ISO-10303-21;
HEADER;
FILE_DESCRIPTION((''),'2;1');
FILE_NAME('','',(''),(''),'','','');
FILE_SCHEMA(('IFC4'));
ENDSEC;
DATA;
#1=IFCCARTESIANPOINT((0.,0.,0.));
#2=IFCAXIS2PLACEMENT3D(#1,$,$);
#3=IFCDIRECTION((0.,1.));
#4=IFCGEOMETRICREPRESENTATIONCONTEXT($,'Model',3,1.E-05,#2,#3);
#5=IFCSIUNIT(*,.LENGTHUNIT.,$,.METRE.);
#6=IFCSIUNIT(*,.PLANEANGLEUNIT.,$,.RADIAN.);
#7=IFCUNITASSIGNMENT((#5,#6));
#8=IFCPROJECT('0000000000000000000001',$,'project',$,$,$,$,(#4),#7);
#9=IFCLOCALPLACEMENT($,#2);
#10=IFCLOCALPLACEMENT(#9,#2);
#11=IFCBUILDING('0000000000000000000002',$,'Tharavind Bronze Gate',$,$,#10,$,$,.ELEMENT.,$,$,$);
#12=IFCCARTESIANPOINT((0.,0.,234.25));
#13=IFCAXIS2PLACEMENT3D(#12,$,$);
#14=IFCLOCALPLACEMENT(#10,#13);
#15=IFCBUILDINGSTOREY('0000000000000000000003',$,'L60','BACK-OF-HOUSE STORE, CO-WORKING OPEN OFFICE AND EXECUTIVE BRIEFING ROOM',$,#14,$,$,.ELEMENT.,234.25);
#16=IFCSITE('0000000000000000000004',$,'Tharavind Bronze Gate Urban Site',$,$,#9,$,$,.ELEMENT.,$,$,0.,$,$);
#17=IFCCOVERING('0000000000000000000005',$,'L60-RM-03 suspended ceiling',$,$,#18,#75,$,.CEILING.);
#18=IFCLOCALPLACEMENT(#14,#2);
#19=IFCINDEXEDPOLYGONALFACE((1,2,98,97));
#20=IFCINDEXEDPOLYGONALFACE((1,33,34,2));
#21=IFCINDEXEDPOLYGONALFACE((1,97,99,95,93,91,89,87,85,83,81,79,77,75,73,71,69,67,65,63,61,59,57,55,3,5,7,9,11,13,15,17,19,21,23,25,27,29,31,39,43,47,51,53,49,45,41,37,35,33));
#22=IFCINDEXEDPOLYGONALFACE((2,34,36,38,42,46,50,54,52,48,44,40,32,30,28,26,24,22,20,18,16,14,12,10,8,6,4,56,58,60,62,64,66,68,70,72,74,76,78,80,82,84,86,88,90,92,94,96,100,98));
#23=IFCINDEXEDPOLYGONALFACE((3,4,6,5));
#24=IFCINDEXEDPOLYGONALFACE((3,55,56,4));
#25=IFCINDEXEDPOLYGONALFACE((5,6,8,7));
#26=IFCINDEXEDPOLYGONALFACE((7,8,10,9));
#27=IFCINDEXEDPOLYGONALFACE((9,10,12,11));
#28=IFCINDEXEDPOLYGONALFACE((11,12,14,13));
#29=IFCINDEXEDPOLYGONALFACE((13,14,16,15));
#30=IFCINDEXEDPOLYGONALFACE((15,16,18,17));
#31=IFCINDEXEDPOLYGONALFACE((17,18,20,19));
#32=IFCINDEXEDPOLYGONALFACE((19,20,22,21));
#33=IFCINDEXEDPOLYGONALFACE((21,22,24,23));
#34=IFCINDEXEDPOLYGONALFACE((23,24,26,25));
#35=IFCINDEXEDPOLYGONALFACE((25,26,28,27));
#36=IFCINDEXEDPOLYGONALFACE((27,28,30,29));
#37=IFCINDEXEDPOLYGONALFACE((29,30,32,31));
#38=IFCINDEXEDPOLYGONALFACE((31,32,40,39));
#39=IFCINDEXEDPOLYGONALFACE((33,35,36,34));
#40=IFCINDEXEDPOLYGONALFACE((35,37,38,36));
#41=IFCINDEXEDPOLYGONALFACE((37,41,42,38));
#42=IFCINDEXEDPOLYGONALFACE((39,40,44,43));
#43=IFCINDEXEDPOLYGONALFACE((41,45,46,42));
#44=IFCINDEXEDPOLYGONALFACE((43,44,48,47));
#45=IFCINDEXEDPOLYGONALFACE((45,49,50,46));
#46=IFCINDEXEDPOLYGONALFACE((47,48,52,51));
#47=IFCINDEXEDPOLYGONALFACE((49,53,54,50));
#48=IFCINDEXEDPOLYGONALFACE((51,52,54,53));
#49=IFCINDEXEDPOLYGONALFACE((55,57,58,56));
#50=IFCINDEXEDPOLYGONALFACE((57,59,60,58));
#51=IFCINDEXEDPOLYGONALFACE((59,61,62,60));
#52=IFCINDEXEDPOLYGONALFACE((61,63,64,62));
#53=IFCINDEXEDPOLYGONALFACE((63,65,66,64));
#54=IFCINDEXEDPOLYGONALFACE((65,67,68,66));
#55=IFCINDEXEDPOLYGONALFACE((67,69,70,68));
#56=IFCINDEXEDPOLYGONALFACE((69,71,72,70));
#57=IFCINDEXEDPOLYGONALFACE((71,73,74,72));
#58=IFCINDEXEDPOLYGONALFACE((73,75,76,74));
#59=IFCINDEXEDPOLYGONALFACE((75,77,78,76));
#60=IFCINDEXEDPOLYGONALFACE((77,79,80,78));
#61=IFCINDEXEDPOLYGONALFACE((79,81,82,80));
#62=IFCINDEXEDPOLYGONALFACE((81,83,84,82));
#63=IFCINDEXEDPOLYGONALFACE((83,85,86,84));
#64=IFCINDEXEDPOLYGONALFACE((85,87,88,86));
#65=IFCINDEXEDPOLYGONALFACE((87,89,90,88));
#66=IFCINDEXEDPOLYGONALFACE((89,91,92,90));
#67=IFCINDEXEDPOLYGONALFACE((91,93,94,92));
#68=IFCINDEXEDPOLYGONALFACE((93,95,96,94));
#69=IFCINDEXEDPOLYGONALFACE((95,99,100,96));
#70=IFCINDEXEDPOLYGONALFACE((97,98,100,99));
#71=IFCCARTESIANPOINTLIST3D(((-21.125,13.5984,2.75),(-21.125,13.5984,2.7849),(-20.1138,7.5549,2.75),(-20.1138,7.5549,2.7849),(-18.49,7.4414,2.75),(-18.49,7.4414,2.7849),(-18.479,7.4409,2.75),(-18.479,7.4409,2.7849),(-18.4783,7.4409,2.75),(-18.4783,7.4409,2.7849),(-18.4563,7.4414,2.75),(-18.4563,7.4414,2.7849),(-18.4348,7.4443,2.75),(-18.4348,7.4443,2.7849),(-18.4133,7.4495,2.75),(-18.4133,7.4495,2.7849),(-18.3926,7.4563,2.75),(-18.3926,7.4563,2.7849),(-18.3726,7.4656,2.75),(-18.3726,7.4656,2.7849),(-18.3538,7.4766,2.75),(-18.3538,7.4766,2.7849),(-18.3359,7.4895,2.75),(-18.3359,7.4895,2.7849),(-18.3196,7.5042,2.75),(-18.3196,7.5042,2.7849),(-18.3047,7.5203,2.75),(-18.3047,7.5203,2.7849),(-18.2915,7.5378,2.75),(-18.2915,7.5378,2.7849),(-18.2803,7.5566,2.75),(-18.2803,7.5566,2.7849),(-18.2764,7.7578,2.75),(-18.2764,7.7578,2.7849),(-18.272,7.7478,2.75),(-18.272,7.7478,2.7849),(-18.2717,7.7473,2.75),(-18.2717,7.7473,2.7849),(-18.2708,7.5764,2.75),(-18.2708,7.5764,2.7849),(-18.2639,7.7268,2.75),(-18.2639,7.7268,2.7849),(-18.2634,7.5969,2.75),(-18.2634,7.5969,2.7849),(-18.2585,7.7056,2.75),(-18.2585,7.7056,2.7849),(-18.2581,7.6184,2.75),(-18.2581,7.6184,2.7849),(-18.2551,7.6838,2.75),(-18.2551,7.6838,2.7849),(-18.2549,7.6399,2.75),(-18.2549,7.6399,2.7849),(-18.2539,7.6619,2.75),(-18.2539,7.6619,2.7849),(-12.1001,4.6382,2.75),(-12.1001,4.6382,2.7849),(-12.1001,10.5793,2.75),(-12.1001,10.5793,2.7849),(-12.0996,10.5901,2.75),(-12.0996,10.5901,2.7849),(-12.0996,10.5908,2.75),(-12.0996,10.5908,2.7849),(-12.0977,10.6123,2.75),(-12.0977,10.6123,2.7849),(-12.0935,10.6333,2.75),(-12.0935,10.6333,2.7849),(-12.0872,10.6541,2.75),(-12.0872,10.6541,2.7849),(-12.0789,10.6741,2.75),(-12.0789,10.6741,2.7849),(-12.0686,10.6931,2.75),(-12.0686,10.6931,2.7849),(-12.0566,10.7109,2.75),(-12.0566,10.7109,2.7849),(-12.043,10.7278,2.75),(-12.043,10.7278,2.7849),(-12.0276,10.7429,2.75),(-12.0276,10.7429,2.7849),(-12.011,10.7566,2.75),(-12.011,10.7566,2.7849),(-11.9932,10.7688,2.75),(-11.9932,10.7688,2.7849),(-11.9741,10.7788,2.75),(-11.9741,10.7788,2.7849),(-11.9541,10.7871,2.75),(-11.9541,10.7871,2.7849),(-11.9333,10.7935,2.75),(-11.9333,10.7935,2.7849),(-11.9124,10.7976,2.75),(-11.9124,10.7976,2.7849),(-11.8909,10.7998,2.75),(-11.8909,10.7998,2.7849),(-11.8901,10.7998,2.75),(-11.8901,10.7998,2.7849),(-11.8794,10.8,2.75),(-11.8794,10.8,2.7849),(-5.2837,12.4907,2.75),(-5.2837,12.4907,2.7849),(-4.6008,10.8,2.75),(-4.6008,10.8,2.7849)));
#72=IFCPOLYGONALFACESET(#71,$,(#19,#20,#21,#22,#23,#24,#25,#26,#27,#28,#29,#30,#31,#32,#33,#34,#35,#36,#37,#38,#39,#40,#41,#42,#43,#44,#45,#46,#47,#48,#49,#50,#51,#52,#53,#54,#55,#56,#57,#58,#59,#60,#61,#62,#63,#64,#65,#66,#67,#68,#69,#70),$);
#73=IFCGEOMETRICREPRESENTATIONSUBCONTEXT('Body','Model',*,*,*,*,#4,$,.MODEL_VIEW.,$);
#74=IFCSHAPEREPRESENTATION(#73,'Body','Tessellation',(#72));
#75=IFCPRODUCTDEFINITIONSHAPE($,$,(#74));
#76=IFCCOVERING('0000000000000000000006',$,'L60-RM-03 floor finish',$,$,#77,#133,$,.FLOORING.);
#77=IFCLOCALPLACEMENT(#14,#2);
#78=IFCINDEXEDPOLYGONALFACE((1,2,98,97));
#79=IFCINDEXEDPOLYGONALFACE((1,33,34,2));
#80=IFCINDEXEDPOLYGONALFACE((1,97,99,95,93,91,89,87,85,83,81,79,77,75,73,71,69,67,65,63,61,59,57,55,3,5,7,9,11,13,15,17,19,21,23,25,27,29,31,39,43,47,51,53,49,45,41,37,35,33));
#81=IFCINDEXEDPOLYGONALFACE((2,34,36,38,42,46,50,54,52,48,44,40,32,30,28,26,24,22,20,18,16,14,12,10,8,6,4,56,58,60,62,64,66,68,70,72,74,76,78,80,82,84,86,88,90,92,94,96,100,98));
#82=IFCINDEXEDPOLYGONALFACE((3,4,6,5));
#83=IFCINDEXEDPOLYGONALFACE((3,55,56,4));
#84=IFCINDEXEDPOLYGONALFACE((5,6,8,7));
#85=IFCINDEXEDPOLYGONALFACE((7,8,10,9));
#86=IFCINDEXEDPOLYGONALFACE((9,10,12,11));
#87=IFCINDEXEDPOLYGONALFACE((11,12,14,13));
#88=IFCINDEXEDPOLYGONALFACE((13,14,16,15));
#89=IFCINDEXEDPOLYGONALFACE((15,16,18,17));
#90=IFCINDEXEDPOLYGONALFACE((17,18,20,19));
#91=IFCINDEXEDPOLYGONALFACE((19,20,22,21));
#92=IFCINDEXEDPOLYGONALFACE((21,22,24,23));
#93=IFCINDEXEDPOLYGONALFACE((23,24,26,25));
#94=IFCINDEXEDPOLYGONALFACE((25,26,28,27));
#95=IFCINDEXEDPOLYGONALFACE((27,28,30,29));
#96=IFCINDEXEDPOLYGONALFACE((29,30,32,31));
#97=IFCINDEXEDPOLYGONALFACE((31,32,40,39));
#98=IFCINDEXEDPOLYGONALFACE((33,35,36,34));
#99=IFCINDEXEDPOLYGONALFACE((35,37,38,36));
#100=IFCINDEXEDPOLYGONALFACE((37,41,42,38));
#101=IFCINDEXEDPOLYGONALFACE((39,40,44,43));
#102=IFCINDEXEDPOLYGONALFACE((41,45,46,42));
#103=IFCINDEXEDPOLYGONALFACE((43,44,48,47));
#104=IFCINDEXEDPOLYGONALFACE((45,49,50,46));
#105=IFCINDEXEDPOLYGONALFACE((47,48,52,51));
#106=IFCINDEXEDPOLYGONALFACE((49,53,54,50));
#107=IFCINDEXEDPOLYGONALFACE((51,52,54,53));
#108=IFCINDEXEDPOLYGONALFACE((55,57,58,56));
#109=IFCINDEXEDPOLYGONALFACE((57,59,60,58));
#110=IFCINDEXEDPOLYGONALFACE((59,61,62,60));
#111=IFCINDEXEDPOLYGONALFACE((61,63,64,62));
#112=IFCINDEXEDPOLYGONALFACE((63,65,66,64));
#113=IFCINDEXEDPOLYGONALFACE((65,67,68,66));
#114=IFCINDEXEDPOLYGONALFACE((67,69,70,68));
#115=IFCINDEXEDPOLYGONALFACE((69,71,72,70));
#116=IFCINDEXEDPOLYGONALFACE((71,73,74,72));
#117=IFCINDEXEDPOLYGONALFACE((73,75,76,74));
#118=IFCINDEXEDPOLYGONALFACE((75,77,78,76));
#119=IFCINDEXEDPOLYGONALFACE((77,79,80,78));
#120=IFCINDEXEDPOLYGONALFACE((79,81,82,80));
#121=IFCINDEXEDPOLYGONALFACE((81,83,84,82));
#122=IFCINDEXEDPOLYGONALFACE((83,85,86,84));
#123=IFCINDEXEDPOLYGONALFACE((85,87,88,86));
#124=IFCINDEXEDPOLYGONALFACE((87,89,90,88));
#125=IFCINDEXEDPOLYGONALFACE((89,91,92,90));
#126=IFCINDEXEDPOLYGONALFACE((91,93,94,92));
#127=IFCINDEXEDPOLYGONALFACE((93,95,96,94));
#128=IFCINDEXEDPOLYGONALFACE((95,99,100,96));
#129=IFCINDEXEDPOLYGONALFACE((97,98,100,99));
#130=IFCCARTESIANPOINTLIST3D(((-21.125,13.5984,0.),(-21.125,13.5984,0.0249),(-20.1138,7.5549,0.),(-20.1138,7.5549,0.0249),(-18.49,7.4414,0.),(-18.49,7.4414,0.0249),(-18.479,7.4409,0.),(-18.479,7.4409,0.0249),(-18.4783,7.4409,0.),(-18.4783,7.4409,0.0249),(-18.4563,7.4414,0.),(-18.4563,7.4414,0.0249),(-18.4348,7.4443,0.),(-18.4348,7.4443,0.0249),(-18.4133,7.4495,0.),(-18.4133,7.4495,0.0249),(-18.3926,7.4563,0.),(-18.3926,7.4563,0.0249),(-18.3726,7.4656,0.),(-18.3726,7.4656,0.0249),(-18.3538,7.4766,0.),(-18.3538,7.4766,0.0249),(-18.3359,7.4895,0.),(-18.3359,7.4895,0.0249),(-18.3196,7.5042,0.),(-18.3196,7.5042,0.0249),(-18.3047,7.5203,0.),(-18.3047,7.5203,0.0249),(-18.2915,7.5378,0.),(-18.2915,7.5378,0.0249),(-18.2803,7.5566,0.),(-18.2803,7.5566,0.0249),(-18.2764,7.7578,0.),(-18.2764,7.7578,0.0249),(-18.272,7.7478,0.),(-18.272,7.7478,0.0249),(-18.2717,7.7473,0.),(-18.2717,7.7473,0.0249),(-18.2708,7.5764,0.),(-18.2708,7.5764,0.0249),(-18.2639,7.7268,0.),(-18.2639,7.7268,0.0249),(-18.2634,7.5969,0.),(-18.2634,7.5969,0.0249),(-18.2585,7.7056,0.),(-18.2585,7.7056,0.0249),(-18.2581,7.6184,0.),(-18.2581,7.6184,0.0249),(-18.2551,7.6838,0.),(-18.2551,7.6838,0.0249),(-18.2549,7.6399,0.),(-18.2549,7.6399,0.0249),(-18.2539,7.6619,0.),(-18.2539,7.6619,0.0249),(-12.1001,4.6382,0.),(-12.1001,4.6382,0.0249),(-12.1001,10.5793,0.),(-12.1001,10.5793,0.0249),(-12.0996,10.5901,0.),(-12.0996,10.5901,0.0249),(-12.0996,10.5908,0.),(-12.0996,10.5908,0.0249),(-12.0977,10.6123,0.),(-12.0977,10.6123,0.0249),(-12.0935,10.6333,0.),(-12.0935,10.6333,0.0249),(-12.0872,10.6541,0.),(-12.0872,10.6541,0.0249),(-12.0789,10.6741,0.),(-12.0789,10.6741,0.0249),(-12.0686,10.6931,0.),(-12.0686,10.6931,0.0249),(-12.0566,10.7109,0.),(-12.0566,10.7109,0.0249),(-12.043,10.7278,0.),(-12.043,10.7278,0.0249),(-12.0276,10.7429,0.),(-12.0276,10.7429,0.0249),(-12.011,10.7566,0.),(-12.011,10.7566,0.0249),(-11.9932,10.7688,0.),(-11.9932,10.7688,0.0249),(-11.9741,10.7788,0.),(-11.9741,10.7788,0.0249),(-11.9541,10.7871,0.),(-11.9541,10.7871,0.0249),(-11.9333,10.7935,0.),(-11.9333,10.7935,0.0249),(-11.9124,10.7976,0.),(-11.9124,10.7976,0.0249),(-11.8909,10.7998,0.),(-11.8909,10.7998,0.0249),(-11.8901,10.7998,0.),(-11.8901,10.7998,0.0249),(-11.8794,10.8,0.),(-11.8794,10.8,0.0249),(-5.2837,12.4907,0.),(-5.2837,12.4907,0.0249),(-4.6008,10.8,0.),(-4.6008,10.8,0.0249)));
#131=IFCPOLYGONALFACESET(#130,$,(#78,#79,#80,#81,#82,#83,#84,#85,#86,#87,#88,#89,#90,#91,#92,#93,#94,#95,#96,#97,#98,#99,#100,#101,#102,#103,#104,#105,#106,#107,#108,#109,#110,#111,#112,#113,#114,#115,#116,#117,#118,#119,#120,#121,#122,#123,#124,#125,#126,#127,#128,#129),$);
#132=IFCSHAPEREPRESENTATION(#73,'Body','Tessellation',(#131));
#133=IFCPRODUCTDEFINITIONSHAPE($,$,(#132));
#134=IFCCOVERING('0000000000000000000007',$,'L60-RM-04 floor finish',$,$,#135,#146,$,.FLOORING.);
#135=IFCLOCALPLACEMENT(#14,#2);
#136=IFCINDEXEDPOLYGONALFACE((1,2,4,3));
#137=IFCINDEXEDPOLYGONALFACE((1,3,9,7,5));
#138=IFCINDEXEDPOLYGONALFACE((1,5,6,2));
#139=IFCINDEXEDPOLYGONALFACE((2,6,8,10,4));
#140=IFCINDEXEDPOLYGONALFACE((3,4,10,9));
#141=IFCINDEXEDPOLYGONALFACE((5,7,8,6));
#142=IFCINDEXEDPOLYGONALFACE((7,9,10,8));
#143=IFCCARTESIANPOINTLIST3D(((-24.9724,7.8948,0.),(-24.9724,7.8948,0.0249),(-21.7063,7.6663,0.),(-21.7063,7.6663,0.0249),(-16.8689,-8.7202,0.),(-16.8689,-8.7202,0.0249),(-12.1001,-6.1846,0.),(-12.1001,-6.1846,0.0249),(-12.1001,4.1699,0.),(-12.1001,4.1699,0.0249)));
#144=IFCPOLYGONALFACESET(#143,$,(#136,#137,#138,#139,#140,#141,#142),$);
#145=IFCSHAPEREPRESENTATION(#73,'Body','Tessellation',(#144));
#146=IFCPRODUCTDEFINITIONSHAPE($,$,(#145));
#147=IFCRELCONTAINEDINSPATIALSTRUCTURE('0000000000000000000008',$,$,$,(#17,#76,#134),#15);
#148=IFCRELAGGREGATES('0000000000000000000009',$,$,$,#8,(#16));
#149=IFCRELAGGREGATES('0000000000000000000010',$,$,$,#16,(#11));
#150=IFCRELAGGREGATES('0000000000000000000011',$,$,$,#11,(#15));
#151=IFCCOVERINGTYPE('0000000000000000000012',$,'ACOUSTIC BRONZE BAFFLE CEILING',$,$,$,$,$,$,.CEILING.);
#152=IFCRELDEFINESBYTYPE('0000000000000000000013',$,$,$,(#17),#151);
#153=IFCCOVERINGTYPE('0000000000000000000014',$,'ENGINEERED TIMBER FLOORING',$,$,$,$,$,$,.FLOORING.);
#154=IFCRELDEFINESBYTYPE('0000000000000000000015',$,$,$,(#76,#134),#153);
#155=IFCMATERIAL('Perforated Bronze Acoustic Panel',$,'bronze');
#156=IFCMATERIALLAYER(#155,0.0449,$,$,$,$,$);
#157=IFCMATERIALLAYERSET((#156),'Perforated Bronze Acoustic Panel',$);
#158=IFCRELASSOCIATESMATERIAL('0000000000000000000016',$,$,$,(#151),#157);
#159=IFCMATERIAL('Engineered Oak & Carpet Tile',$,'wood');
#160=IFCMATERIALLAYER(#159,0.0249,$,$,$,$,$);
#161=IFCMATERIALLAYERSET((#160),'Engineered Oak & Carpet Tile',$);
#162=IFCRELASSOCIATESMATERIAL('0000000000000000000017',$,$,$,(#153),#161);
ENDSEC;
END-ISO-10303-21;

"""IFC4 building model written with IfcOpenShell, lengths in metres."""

from ifc_helpers import new_model, si_unit, direction, frame, origin, place, context, subcontext, project, spatial, polyline, outline, extrude, material, layer, layer_set, type_object, element, save


model = new_model("IFC4")

# Units and contexts
model_context = context("Model", 3, precision=1e-05, world=origin(), true_north=direction((0.0, 1.0)))
body_context = subcontext(model_context, "Body", "Model", "MODEL_VIEW")
ifc_project = project(units=[si_unit("LENGTHUNIT", "METRE"), si_unit("PLANEANGLEUNIT", "RADIAN")], contexts=[model_context])

# Site, building, storey
site_placement = place(None, origin())
site = spatial("IfcSite", under=ifc_project, at=site_placement, Name="Tharavind Bronze Gate Urban Site", CompositionType="ELEMENT", RefElevation=0.0)
building_placement = place(site_placement, origin())
building = spatial("IfcBuilding", under=site, at=building_placement, Name="Tharavind Bronze Gate", CompositionType="ELEMENT")
storey_placement = place(building_placement, frame((0.0, 0.0, 234.25)))
storey = spatial("IfcBuildingStorey", under=building, at=storey_placement, Name="L60", Description="BACK-OF-HOUSE STORE, CO-WORKING OPEN OFFICE AND EXECUTIVE BRIEFING ROOM", CompositionType="ELEMENT", Elevation=234.25)

# Coverings
ifc_material_1 = material(Name="Perforated Bronze Acoustic Panel", Category="bronze")
ifc_layer_1 = layer(ifc_material_1, 0.0449)
ifc_layer_set_1 = layer_set([ifc_layer_1], Name="Perforated Bronze Acoustic Panel")
covering_type_1 = type_object("IfcCoveringType", Name="ACOUSTIC BRONZE BAFFLE CEILING", PredefinedType="CEILING", material=ifc_layer_set_1)
covering_1_placement = place(storey_placement, frame((0.0, 0.0, 2.75)))
element("IfcCovering", 1, at=covering_1_placement, inside=storey, type_object=covering_type_1, Name="L60-RM-03 suspended ceiling", PredefinedType="CEILING", context=body_context, shape_type="SweptSolid", body=[
    extrude(outline(polyline([(-12.1001, 4.6382), (-12.1001, 10.5793), (-12.0996, 10.5901), (-12.0996, 10.5908), (-12.0977, 10.6123), (-12.0935, 10.6333), (-12.0872, 10.6541), (-12.0789, 10.6741), (-12.0686, 10.6931), (-12.0566, 10.7109), (-12.043, 10.7278), (-12.0276, 10.7429), (-12.011, 10.7566), (-11.9932, 10.7688), (-11.9741, 10.7788), (-11.9541, 10.7871), (-11.9333, 10.7935), (-11.9124, 10.7976), (-11.8909, 10.7998), (-11.8901, 10.7998), (-11.8794, 10.8), (-4.6008, 10.8), (-5.2837, 12.4907), (-21.125, 13.5984), (-18.2764, 7.7578), (-18.272, 7.7478), (-18.2717, 7.7473), (-18.2639, 7.7268), (-18.2585, 7.7056), (-18.2551, 7.6838), (-18.2539, 7.6619), (-18.2549, 7.6399), (-18.2581, 7.6184), (-18.2634, 7.5969), (-18.2708, 7.5764), (-18.2803, 7.5566), (-18.2915, 7.5378), (-18.3047, 7.5203), (-18.3196, 7.5042), (-18.3359, 7.4895), (-18.3538, 7.4766), (-18.3726, 7.4656), (-18.3926, 7.4563), (-18.4133, 7.4495), (-18.4348, 7.4443), (-18.4563, 7.4414), (-18.4783, 7.4409), (-18.479, 7.4409), (-18.49, 7.4414), (-20.1138, 7.5549), (-12.1001, 4.6382)])), origin(), (0.0, 0.0, 1.0), 0.0349),
])
ifc_material_2 = material(Name="Engineered Oak & Carpet Tile", Category="wood")
ifc_layer_2 = layer(ifc_material_2, 0.0249)
ifc_layer_set_2 = layer_set([ifc_layer_2], Name="Engineered Oak & Carpet Tile")
covering_type_2 = type_object("IfcCoveringType", Name="ENGINEERED TIMBER FLOORING", PredefinedType="FLOORING", material=ifc_layer_set_2)
covering_2_placement = place(storey_placement, origin())
element("IfcCovering", 2, at=covering_2_placement, inside=storey, type_object=covering_type_2, Name="L60-RM-03 floor finish", PredefinedType="FLOORING", context=body_context, shape_type="SweptSolid", body=[
    extrude(outline(polyline([(-12.1001, 4.6382), (-12.1001, 10.5793), (-12.0996, 10.5901), (-12.0996, 10.5908), (-12.0977, 10.6123), (-12.0935, 10.6333), (-12.0872, 10.6541), (-12.0789, 10.6741), (-12.0686, 10.6931), (-12.0566, 10.7109), (-12.043, 10.7278), (-12.0276, 10.7429), (-12.011, 10.7566), (-11.9932, 10.7688), (-11.9741, 10.7788), (-11.9541, 10.7871), (-11.9333, 10.7935), (-11.9124, 10.7976), (-11.8909, 10.7998), (-11.8901, 10.7998), (-11.8794, 10.8), (-4.6008, 10.8), (-5.2837, 12.4907), (-21.125, 13.5984), (-18.2764, 7.7578), (-18.272, 7.7478), (-18.2717, 7.7473), (-18.2639, 7.7268), (-18.2585, 7.7056), (-18.2551, 7.6838), (-18.2539, 7.6619), (-18.2549, 7.6399), (-18.2581, 7.6184), (-18.2634, 7.5969), (-18.2708, 7.5764), (-18.2803, 7.5566), (-18.2915, 7.5378), (-18.3047, 7.5203), (-18.3196, 7.5042), (-18.3359, 7.4895), (-18.3538, 7.4766), (-18.3726, 7.4656), (-18.3926, 7.4563), (-18.4133, 7.4495), (-18.4348, 7.4443), (-18.4563, 7.4414), (-18.4783, 7.4409), (-18.479, 7.4409), (-18.49, 7.4414), (-20.1138, 7.5549), (-12.1001, 4.6382)])), origin(), (0.0, 0.0, 1.0), 0.0249),
])
covering_3_placement = place(storey_placement, origin())
element("IfcCovering", 3, at=covering_3_placement, inside=storey, type_object=covering_type_2, Name="L60-RM-04 floor finish", PredefinedType="FLOORING", context=body_context, shape_type="SweptSolid", body=[
    extrude(outline(polyline([(-16.8689, -8.7202), (-12.1001, -6.1846), (-12.1001, 4.1699), (-21.7063, 7.6663), (-24.9724, 7.8948), (-16.8689, -8.7202)])), origin(), (0.0, 0.0, 1.0), 0.0249),
])

save(model, "model.ifc")
